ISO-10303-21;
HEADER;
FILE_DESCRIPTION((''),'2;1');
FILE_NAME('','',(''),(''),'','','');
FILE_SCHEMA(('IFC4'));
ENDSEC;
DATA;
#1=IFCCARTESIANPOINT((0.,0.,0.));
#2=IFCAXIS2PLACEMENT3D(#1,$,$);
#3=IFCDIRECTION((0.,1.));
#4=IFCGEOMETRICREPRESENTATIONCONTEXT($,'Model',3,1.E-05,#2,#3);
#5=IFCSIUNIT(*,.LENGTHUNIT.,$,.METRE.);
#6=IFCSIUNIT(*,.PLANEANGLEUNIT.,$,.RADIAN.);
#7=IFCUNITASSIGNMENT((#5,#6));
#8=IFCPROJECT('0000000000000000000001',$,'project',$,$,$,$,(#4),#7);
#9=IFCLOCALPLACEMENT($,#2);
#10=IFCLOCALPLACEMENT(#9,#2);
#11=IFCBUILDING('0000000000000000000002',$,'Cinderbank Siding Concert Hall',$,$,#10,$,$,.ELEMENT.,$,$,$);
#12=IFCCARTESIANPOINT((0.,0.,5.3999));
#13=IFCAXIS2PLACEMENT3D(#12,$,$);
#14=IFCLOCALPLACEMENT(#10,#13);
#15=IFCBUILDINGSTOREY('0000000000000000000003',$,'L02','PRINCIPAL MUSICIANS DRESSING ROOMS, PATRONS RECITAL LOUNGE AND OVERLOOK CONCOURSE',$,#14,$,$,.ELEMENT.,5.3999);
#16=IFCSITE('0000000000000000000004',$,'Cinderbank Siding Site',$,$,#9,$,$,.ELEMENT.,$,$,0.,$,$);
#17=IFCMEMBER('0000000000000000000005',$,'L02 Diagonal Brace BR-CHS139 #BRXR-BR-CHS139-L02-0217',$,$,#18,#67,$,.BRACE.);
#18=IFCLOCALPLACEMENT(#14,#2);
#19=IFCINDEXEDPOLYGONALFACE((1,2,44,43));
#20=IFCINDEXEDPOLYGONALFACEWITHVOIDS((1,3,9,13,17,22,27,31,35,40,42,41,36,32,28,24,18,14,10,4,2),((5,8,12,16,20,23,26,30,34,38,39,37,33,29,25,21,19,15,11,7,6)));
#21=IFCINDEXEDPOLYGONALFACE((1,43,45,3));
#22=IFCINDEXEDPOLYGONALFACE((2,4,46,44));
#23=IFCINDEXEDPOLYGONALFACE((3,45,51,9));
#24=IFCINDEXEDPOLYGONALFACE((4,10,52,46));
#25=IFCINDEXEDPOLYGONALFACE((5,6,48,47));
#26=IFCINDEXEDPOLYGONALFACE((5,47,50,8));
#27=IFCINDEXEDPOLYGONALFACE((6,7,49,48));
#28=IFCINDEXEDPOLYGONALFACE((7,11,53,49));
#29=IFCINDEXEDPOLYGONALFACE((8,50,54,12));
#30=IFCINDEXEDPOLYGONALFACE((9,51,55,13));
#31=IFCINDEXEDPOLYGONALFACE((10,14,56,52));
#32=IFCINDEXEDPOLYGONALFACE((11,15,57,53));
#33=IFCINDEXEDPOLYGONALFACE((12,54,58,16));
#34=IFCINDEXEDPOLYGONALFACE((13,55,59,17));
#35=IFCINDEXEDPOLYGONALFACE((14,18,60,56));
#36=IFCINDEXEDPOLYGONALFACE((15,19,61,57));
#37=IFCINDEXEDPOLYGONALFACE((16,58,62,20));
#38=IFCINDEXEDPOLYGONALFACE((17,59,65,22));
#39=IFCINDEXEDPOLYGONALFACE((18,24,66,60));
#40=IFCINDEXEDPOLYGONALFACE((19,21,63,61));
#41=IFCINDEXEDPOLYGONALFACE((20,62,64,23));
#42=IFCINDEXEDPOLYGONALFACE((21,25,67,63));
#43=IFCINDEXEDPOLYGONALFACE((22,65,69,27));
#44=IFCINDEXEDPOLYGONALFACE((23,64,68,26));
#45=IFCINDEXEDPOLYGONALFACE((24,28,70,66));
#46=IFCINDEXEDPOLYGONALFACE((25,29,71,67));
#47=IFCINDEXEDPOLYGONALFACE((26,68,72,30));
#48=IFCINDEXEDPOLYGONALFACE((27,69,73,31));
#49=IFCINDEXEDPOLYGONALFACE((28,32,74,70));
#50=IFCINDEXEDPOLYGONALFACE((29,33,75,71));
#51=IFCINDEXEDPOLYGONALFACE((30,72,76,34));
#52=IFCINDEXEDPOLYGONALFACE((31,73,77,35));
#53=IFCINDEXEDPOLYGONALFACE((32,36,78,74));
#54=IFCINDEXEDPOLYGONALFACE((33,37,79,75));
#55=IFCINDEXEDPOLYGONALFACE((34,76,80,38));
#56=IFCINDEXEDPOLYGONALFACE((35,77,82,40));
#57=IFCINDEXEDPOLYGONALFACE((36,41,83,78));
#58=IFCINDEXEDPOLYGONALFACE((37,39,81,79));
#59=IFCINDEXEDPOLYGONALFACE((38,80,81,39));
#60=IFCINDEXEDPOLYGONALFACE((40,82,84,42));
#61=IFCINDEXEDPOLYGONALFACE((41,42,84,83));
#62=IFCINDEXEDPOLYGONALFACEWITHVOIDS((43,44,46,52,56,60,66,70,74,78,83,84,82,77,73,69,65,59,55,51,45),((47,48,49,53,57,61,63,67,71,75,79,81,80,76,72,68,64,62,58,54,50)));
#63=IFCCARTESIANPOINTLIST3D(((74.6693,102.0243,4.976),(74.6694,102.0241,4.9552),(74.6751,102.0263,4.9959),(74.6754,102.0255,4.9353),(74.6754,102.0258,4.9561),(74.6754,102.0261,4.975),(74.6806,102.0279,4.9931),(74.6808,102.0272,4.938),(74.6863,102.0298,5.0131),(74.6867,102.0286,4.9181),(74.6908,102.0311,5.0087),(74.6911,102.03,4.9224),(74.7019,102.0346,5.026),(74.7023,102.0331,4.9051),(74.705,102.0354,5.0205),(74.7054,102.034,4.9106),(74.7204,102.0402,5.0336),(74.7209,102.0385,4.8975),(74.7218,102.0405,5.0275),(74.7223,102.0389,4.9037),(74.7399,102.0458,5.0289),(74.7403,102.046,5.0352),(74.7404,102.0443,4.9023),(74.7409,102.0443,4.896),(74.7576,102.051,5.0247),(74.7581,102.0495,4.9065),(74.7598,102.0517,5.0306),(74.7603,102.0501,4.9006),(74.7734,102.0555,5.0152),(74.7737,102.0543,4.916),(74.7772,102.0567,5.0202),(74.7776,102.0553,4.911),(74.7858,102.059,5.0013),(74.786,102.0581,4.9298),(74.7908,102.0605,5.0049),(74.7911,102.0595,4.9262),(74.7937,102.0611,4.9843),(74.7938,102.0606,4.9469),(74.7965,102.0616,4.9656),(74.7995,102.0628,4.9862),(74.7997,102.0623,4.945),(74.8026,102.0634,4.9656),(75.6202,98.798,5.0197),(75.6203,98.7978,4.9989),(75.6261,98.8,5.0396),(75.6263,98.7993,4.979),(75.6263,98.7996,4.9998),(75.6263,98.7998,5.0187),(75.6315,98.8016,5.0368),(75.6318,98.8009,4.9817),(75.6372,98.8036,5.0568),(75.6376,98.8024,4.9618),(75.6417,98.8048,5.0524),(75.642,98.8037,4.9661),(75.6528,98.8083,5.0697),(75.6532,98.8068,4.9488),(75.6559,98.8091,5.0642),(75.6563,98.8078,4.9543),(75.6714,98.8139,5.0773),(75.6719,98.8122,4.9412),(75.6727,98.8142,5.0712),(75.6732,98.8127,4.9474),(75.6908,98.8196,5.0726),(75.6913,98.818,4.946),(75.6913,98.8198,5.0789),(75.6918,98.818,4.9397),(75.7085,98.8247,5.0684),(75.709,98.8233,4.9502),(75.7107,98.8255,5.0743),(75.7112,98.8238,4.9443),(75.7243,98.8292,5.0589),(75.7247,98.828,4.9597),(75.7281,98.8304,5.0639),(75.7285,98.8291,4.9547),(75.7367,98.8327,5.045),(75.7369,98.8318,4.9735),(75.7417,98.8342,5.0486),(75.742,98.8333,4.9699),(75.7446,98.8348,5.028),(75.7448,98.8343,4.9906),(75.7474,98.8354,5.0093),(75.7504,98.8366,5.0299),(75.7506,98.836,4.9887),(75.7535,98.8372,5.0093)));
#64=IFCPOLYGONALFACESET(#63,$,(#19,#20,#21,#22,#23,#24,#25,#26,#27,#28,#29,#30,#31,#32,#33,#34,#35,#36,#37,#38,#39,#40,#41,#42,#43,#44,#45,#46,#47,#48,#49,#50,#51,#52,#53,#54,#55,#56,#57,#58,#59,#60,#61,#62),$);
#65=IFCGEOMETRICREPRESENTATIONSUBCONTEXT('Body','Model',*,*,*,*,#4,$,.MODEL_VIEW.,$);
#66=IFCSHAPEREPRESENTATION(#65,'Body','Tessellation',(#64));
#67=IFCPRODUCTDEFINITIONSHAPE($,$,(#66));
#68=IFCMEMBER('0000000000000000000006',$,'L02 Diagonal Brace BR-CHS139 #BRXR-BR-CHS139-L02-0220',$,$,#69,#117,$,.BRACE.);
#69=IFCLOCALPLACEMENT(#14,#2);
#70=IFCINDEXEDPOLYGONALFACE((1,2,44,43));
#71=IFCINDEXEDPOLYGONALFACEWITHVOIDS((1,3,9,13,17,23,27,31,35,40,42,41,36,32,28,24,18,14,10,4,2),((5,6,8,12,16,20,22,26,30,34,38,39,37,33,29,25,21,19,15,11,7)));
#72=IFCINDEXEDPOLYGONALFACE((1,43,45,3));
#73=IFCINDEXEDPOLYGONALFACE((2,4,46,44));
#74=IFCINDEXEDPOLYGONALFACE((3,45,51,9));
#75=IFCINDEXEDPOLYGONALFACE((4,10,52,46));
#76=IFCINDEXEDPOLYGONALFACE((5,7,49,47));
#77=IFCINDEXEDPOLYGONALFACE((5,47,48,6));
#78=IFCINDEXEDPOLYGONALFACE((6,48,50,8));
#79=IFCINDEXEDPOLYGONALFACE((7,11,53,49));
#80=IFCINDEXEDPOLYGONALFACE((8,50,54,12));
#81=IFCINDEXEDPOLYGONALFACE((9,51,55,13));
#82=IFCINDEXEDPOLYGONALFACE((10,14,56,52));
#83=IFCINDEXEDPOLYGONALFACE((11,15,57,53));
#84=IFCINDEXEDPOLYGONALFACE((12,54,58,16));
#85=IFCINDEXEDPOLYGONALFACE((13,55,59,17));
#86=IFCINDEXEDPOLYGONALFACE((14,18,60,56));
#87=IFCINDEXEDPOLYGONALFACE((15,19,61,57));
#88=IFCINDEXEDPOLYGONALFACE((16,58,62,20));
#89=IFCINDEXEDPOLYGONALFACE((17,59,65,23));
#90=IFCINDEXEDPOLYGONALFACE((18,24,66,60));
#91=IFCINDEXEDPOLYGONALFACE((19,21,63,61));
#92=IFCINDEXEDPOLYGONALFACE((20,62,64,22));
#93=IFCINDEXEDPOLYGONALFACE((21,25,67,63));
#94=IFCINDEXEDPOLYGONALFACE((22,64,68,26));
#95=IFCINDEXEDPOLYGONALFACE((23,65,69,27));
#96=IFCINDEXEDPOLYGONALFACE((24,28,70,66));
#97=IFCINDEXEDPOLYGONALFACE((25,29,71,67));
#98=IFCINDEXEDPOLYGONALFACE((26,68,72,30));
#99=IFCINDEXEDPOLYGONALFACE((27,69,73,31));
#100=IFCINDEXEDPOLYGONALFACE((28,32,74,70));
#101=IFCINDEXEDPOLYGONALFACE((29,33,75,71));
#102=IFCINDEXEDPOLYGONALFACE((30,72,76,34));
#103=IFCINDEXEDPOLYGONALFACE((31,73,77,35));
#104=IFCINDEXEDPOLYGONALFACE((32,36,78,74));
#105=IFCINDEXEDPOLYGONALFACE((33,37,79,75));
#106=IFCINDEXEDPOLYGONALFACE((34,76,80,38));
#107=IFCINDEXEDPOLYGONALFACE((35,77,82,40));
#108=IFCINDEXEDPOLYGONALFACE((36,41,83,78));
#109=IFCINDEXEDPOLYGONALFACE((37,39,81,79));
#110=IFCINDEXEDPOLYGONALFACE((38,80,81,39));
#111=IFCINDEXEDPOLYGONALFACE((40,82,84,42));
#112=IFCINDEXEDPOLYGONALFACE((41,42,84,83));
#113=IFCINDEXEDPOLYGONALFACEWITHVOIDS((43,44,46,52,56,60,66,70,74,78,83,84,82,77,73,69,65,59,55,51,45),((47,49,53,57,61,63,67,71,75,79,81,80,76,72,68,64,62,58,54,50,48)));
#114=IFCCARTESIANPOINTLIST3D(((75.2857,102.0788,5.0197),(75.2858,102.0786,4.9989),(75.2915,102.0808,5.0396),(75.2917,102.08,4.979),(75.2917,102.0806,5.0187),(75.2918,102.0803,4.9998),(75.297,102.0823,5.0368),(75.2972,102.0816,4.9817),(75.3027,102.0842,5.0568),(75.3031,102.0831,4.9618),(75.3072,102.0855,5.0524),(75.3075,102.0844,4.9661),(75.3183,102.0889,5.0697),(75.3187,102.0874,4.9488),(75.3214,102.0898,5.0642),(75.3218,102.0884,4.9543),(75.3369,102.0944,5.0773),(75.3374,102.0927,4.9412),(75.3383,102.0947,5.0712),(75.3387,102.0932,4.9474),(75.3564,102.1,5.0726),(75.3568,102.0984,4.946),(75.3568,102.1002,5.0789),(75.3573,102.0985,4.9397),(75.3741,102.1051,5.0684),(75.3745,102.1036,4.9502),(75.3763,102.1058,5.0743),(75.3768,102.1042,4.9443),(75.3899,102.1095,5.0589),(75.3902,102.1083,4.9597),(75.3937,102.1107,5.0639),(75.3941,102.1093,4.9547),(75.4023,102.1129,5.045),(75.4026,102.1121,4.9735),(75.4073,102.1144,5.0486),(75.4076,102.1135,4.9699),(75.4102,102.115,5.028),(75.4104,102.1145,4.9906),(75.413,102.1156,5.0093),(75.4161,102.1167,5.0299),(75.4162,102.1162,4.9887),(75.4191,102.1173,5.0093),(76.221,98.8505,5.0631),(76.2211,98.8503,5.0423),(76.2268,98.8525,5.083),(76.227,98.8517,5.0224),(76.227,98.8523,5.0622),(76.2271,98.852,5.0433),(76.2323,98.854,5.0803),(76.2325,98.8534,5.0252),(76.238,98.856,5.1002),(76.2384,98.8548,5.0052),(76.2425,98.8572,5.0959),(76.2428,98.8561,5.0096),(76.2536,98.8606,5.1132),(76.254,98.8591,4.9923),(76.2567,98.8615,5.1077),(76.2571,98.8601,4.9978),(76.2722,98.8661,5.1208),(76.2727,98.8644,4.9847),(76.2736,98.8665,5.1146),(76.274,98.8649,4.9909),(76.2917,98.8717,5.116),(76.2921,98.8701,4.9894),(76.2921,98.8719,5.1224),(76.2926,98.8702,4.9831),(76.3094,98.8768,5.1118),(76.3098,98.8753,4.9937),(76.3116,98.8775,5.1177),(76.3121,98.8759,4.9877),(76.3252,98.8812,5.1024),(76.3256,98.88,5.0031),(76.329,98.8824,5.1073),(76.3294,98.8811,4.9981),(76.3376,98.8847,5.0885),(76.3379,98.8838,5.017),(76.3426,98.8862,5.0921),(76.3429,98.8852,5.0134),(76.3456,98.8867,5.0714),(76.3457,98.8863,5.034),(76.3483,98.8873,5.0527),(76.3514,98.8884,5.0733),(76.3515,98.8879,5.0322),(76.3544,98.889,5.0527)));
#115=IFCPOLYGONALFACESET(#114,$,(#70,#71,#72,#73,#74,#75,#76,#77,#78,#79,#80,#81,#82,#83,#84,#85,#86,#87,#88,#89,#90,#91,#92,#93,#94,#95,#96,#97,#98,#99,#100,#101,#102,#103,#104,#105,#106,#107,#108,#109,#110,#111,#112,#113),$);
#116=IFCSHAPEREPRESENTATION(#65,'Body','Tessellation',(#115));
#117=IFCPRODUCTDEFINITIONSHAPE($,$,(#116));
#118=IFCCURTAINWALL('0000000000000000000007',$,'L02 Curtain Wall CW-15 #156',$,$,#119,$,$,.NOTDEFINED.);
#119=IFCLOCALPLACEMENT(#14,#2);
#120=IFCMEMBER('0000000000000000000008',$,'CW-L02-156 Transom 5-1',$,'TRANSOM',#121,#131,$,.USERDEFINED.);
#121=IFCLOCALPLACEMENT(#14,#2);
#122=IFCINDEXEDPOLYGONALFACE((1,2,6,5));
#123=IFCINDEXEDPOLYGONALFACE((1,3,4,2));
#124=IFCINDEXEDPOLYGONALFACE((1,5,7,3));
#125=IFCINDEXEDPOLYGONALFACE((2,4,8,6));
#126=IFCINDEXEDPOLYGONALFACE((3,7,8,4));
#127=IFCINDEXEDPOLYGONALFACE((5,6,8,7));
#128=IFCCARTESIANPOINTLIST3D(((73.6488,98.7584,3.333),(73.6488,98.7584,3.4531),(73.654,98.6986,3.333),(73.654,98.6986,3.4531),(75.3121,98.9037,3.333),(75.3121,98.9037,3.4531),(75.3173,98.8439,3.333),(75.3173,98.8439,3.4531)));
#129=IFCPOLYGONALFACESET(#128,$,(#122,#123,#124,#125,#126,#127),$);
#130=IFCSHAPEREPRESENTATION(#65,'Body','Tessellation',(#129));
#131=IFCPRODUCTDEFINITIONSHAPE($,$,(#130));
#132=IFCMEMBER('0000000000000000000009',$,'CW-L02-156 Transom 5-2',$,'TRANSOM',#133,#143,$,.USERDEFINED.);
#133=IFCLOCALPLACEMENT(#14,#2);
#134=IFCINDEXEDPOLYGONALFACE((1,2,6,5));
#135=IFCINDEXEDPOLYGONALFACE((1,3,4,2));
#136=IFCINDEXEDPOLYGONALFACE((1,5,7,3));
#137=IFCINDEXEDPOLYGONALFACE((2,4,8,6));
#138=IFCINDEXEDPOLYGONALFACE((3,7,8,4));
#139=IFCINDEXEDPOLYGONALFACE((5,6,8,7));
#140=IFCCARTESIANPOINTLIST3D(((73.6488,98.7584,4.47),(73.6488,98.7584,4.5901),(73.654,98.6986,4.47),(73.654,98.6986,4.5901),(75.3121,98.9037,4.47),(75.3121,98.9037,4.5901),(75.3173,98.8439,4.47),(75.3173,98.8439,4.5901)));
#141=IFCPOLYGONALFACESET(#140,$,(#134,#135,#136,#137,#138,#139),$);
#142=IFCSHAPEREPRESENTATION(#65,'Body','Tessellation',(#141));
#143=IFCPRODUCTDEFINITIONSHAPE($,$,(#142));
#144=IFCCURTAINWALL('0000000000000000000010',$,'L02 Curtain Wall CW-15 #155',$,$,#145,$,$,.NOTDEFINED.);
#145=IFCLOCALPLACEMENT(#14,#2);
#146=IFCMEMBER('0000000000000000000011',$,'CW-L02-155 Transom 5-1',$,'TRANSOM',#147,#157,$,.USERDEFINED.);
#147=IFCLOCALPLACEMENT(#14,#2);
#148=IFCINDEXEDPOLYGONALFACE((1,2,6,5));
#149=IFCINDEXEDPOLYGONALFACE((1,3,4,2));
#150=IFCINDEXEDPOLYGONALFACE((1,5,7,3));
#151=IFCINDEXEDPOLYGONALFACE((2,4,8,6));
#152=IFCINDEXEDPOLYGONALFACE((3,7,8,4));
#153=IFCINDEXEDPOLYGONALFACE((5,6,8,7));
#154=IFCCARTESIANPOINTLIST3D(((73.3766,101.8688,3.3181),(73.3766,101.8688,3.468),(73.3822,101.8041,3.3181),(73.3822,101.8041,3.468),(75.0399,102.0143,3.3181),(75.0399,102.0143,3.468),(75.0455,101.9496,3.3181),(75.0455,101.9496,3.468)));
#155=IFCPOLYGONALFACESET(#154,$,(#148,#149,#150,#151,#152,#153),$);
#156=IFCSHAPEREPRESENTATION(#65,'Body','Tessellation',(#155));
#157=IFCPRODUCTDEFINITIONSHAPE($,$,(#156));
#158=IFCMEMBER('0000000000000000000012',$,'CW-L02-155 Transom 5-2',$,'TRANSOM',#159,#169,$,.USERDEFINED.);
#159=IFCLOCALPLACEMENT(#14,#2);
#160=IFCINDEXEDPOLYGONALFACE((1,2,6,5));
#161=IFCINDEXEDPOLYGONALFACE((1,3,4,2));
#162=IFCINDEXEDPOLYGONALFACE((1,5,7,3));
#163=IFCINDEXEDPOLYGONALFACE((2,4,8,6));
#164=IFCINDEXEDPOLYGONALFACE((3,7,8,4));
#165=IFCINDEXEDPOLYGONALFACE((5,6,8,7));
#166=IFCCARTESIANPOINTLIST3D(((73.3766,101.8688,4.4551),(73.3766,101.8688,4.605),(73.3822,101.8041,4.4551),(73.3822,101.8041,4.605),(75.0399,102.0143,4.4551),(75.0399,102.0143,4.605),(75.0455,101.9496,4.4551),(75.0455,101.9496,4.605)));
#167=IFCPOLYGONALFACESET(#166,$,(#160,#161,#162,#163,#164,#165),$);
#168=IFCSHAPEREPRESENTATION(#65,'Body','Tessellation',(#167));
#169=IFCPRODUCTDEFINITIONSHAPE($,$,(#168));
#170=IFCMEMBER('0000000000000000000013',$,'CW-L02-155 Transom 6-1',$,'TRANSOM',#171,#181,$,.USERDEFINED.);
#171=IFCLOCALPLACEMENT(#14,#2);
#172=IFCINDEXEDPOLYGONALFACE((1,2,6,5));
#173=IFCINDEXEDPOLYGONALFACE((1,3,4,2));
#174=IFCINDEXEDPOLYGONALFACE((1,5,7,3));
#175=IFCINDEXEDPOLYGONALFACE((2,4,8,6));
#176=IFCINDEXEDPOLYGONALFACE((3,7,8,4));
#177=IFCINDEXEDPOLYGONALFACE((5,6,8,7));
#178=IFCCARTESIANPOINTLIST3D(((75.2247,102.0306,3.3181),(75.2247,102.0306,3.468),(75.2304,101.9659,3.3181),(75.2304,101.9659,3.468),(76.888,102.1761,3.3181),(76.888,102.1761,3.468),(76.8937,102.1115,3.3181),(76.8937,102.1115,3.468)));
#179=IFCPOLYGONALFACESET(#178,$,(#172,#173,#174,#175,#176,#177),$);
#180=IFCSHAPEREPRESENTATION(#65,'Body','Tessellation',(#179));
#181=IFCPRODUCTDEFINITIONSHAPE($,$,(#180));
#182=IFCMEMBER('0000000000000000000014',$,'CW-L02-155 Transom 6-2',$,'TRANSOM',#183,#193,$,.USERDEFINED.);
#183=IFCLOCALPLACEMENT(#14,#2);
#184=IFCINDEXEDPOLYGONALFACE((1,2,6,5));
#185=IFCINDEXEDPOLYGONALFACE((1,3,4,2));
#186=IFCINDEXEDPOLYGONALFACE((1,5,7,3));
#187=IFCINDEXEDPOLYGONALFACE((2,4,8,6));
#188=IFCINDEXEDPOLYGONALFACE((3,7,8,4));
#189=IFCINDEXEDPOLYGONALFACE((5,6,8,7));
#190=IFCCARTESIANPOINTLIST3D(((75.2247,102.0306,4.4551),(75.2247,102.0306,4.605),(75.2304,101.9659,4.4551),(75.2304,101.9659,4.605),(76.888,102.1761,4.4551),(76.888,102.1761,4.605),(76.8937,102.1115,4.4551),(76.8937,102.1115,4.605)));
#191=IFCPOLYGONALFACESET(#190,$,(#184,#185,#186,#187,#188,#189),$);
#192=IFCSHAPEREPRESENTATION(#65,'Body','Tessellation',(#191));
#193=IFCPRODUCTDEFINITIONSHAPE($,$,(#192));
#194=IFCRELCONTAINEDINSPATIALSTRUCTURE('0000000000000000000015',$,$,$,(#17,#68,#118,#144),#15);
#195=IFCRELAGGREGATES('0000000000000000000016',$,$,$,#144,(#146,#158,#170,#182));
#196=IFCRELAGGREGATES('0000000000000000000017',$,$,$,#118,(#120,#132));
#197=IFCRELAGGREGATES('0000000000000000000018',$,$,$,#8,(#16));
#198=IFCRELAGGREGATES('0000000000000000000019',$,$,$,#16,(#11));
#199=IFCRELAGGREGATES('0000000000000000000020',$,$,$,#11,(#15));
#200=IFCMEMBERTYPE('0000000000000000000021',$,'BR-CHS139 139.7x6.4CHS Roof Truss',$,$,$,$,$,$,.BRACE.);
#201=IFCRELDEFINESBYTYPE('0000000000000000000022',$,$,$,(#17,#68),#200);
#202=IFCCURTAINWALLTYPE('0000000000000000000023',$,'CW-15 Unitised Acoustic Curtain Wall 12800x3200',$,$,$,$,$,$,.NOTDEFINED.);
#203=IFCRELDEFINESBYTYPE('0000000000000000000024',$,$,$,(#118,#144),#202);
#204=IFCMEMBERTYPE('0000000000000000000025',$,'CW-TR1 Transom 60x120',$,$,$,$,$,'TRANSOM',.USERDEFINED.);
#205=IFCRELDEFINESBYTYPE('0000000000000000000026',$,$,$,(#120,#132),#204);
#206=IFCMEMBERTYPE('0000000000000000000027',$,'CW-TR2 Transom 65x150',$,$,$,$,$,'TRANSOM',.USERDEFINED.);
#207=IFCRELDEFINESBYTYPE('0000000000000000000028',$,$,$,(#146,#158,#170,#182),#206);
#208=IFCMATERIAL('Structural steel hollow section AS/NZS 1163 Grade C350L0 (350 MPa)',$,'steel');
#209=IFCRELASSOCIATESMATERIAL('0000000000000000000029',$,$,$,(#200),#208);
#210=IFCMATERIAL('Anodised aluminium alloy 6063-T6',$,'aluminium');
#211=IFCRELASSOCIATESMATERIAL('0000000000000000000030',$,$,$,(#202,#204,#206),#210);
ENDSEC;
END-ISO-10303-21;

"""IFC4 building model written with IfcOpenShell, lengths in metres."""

from ifc_helpers import new_model, si_unit, direction, frame, origin, origin_2d, place, context, subcontext, project, spatial, rectangle, hollow_circle, extrude, material, material_profile, profile_set, type_object, element, aggregate, save


model = new_model("IFC4")

# Units and contexts
model_context = context("Model", 3, precision=1e-05, world=origin(), true_north=direction((0.0, 1.0)))
body_context = subcontext(model_context, "Body", "Model", "MODEL_VIEW")
ifc_project = project(units=[si_unit("LENGTHUNIT", "METRE"), si_unit("PLANEANGLEUNIT", "RADIAN")], contexts=[model_context])

# Site, building, storey
site_placement = place(None, origin())
site = spatial("IfcSite", under=ifc_project, at=site_placement, Name="Cinderbank Siding Site", CompositionType="ELEMENT", RefElevation=0.0)
building_placement = place(site_placement, origin())
building = spatial("IfcBuilding", under=site, at=building_placement, Name="Cinderbank Siding Concert Hall", CompositionType="ELEMENT")
storey_placement = place(building_placement, frame((0.0, 0.0, 5.3999)))
storey = spatial("IfcBuildingStorey", under=building, at=storey_placement, Name="L02", Description="PRINCIPAL MUSICIANS DRESSING ROOMS, PATRONS RECITAL LOUNGE AND OVERLOOK CONCOURSE", CompositionType="ELEMENT", Elevation=5.3999)

# Members
ifc_material_1 = material(Name="Structural steel hollow section AS/NZS 1163 Grade C350L0 (350 MPa)", Category="steel")
ifc_material_profile_1 = material_profile(ifc_material_1, hollow_circle(Radius=0.0698, WallThickness=0.0063, at=origin_2d()), Name="139.7x6.4CHS", Category="LoadBearing")
ifc_profile_set_1 = profile_set([ifc_material_profile_1], Name="Structural steel hollow section AS/NZS 1163 Grade C350L0 (350 MPa)")
member_type_1 = type_object("IfcMemberType", Name="BR-CHS139 139.7x6.4CHS Roof Truss", PredefinedType="BRACE", material=ifc_profile_set_1)
member_1_placement = place(storey_placement, frame((74.7356, 102.0437, 4.9656), z_axis=(0.282693, -0.959123, 0.012992), x_axis=(0.959204, 0.282716, 0.0)))
element("IfcMember", 1, at=member_1_placement, inside=storey, type_object=member_type_1, Name="L02 Diagonal Brace BR-CHS139 #BRXR-BR-CHS139-L02-0217", PredefinedType="BRACE", context=body_context, shape_type="SweptSolid", body=[
    extrude(hollow_circle(Radius=0.0698, WallThickness=0.0063, at=origin_2d()), origin(), (0.0, 0.0, 1.0), 3.3638),
])
member_2_placement = place(storey_placement, frame((75.3521, 102.0979, 5.0093), z_axis=(0.278255, -0.96042, 0.012929), x_axis=(0.9605, 0.278279, 0.0)))
element("IfcMember", 2, at=member_2_placement, inside=storey, type_object=member_type_1, Name="L02 Diagonal Brace BR-CHS139 #BRXR-BR-CHS139-L02-0220", PredefinedType="BRACE", context=body_context, shape_type="SweptSolid", body=[
    extrude(hollow_circle(Radius=0.0698, WallThickness=0.0063, at=origin_2d()), origin(), (0.0, 0.0, 1.0), 3.3613),
])

# Curtain walls, members
ifc_material_2 = material(Name="Anodised aluminium alloy 6063-T6", Category="aluminium")
curtain_wall_type = type_object("IfcCurtainWallType", Name="CW-15 Unitised Acoustic Curtain Wall 12800x3200", PredefinedType="NOTDEFINED", material=ifc_material_2)
curtain_wall_1_placement = place(storey_placement, origin())
curtain_wall_1 = element("IfcCurtainWall", 3, at=curtain_wall_1_placement, inside=storey, type_object=curtain_wall_type, Name="L02 Curtain Wall CW-15 #156", PredefinedType="NOTDEFINED")
ifc_material_profile_2 = material_profile(ifc_material_2, rectangle(XDim=0.0601, YDim=0.1201, at=origin_2d()), Name="ALU-TRAN-60x120", Category="LoadBearing")
ifc_profile_set_2 = profile_set([ifc_material_profile_2], Name="Anodised aluminium alloy 6063-T6")
member_type_2 = type_object("IfcMemberType", Name="CW-TR1 Transom 60x120", ElementType="TRANSOM", PredefinedType="USERDEFINED", material=ifc_profile_set_2)
member_3_placement = place(storey_placement, frame((73.6514, 98.7285, 3.3931), z_axis=(0.996208, 0.087002, 0.0), x_axis=(-0.087002, 0.996208, 0.0)))
member_3 = element("IfcMember", 4, at=member_3_placement, type_object=member_type_2, Name="CW-L02-156 Transom 5-1", ObjectType="TRANSOM", PredefinedType="USERDEFINED", context=body_context, shape_type="SweptSolid", body=[
    extrude(rectangle(XDim=0.0601, YDim=0.1201, at=origin_2d()), origin(), (0.0, 0.0, 1.0), 1.6697),
])
member_4_placement = place(storey_placement, frame((73.6514, 98.7285, 4.53), z_axis=(0.996208, 0.087002, 0.0), x_axis=(-0.087002, 0.996208, 0.0)))
member_4 = element("IfcMember", 5, at=member_4_placement, type_object=member_type_2, Name="CW-L02-156 Transom 5-2", ObjectType="TRANSOM", PredefinedType="USERDEFINED", context=body_context, shape_type="SweptSolid", body=[
    extrude(rectangle(XDim=0.0601, YDim=0.1201, at=origin_2d()), origin(), (0.0, 0.0, 1.0), 1.6697),
])
curtain_wall_2_placement = place(storey_placement, origin())
curtain_wall_2 = element("IfcCurtainWall", 6, at=curtain_wall_2_placement, inside=storey, type_object=curtain_wall_type, Name="L02 Curtain Wall CW-15 #155", PredefinedType="NOTDEFINED")
ifc_material_profile_3 = material_profile(ifc_material_2, rectangle(XDim=0.0649, YDim=0.1499, at=origin_2d()), Name="ALU-TRAN-65x150", Category="LoadBearing")
ifc_profile_set_3 = profile_set([ifc_material_profile_3], Name="Anodised aluminium alloy 6063-T6")
member_type_3 = type_object("IfcMemberType", Name="CW-TR2 Transom 65x150", ElementType="TRANSOM", PredefinedType="USERDEFINED", material=ifc_profile_set_3)
member_5_placement = place(storey_placement, frame((73.3794, 101.8364, 3.3931), z_axis=(0.996195, 0.087147, 0.0), x_axis=(-0.087147, 0.996195, 0.0)))
member_5 = element("IfcMember", 7, at=member_5_placement, type_object=member_type_3, Name="CW-L02-155 Transom 5-1", ObjectType="TRANSOM", PredefinedType="USERDEFINED", context=body_context, shape_type="SweptSolid", body=[
    extrude(rectangle(XDim=0.0649, YDim=0.1499, at=origin_2d()), origin(), (0.0, 0.0, 1.0), 1.6697),
])
member_6_placement = place(storey_placement, frame((73.3794, 101.8364, 4.53), z_axis=(0.996195, 0.087147, 0.0), x_axis=(-0.087147, 0.996195, 0.0)))
member_6 = element("IfcMember", 8, at=member_6_placement, type_object=member_type_3, Name="CW-L02-155 Transom 5-2", ObjectType="TRANSOM", PredefinedType="USERDEFINED", context=body_context, shape_type="SweptSolid", body=[
    extrude(rectangle(XDim=0.0649, YDim=0.1499, at=origin_2d()), origin(), (0.0, 0.0, 1.0), 1.6697),
])
member_7_placement = place(storey_placement, frame((75.2275, 101.9983, 3.3931), z_axis=(0.996195, 0.087147, 0.0), x_axis=(-0.087147, 0.996195, 0.0)))
member_7 = element("IfcMember", 9, at=member_7_placement, type_object=member_type_3, Name="CW-L02-155 Transom 6-1", ObjectType="TRANSOM", PredefinedType="USERDEFINED", context=body_context, shape_type="SweptSolid", body=[
    extrude(rectangle(XDim=0.0649, YDim=0.1499, at=origin_2d()), origin(), (0.0, 0.0, 1.0), 1.6697),
])
member_8_placement = place(storey_placement, frame((75.2275, 101.9983, 4.53), z_axis=(0.996195, 0.087147, 0.0), x_axis=(-0.087147, 0.996195, 0.0)))
member_8 = element("IfcMember", 10, at=member_8_placement, type_object=member_type_3, Name="CW-L02-155 Transom 6-2", ObjectType="TRANSOM", PredefinedType="USERDEFINED", context=body_context, shape_type="SweptSolid", body=[
    extrude(rectangle(XDim=0.0649, YDim=0.1499, at=origin_2d()), origin(), (0.0, 0.0, 1.0), 1.6697),
])

aggregate(curtain_wall_2, [member_5, member_6, member_7, member_8])
aggregate(curtain_wall_1, [member_3, member_4])

save(model, "model.ifc")
